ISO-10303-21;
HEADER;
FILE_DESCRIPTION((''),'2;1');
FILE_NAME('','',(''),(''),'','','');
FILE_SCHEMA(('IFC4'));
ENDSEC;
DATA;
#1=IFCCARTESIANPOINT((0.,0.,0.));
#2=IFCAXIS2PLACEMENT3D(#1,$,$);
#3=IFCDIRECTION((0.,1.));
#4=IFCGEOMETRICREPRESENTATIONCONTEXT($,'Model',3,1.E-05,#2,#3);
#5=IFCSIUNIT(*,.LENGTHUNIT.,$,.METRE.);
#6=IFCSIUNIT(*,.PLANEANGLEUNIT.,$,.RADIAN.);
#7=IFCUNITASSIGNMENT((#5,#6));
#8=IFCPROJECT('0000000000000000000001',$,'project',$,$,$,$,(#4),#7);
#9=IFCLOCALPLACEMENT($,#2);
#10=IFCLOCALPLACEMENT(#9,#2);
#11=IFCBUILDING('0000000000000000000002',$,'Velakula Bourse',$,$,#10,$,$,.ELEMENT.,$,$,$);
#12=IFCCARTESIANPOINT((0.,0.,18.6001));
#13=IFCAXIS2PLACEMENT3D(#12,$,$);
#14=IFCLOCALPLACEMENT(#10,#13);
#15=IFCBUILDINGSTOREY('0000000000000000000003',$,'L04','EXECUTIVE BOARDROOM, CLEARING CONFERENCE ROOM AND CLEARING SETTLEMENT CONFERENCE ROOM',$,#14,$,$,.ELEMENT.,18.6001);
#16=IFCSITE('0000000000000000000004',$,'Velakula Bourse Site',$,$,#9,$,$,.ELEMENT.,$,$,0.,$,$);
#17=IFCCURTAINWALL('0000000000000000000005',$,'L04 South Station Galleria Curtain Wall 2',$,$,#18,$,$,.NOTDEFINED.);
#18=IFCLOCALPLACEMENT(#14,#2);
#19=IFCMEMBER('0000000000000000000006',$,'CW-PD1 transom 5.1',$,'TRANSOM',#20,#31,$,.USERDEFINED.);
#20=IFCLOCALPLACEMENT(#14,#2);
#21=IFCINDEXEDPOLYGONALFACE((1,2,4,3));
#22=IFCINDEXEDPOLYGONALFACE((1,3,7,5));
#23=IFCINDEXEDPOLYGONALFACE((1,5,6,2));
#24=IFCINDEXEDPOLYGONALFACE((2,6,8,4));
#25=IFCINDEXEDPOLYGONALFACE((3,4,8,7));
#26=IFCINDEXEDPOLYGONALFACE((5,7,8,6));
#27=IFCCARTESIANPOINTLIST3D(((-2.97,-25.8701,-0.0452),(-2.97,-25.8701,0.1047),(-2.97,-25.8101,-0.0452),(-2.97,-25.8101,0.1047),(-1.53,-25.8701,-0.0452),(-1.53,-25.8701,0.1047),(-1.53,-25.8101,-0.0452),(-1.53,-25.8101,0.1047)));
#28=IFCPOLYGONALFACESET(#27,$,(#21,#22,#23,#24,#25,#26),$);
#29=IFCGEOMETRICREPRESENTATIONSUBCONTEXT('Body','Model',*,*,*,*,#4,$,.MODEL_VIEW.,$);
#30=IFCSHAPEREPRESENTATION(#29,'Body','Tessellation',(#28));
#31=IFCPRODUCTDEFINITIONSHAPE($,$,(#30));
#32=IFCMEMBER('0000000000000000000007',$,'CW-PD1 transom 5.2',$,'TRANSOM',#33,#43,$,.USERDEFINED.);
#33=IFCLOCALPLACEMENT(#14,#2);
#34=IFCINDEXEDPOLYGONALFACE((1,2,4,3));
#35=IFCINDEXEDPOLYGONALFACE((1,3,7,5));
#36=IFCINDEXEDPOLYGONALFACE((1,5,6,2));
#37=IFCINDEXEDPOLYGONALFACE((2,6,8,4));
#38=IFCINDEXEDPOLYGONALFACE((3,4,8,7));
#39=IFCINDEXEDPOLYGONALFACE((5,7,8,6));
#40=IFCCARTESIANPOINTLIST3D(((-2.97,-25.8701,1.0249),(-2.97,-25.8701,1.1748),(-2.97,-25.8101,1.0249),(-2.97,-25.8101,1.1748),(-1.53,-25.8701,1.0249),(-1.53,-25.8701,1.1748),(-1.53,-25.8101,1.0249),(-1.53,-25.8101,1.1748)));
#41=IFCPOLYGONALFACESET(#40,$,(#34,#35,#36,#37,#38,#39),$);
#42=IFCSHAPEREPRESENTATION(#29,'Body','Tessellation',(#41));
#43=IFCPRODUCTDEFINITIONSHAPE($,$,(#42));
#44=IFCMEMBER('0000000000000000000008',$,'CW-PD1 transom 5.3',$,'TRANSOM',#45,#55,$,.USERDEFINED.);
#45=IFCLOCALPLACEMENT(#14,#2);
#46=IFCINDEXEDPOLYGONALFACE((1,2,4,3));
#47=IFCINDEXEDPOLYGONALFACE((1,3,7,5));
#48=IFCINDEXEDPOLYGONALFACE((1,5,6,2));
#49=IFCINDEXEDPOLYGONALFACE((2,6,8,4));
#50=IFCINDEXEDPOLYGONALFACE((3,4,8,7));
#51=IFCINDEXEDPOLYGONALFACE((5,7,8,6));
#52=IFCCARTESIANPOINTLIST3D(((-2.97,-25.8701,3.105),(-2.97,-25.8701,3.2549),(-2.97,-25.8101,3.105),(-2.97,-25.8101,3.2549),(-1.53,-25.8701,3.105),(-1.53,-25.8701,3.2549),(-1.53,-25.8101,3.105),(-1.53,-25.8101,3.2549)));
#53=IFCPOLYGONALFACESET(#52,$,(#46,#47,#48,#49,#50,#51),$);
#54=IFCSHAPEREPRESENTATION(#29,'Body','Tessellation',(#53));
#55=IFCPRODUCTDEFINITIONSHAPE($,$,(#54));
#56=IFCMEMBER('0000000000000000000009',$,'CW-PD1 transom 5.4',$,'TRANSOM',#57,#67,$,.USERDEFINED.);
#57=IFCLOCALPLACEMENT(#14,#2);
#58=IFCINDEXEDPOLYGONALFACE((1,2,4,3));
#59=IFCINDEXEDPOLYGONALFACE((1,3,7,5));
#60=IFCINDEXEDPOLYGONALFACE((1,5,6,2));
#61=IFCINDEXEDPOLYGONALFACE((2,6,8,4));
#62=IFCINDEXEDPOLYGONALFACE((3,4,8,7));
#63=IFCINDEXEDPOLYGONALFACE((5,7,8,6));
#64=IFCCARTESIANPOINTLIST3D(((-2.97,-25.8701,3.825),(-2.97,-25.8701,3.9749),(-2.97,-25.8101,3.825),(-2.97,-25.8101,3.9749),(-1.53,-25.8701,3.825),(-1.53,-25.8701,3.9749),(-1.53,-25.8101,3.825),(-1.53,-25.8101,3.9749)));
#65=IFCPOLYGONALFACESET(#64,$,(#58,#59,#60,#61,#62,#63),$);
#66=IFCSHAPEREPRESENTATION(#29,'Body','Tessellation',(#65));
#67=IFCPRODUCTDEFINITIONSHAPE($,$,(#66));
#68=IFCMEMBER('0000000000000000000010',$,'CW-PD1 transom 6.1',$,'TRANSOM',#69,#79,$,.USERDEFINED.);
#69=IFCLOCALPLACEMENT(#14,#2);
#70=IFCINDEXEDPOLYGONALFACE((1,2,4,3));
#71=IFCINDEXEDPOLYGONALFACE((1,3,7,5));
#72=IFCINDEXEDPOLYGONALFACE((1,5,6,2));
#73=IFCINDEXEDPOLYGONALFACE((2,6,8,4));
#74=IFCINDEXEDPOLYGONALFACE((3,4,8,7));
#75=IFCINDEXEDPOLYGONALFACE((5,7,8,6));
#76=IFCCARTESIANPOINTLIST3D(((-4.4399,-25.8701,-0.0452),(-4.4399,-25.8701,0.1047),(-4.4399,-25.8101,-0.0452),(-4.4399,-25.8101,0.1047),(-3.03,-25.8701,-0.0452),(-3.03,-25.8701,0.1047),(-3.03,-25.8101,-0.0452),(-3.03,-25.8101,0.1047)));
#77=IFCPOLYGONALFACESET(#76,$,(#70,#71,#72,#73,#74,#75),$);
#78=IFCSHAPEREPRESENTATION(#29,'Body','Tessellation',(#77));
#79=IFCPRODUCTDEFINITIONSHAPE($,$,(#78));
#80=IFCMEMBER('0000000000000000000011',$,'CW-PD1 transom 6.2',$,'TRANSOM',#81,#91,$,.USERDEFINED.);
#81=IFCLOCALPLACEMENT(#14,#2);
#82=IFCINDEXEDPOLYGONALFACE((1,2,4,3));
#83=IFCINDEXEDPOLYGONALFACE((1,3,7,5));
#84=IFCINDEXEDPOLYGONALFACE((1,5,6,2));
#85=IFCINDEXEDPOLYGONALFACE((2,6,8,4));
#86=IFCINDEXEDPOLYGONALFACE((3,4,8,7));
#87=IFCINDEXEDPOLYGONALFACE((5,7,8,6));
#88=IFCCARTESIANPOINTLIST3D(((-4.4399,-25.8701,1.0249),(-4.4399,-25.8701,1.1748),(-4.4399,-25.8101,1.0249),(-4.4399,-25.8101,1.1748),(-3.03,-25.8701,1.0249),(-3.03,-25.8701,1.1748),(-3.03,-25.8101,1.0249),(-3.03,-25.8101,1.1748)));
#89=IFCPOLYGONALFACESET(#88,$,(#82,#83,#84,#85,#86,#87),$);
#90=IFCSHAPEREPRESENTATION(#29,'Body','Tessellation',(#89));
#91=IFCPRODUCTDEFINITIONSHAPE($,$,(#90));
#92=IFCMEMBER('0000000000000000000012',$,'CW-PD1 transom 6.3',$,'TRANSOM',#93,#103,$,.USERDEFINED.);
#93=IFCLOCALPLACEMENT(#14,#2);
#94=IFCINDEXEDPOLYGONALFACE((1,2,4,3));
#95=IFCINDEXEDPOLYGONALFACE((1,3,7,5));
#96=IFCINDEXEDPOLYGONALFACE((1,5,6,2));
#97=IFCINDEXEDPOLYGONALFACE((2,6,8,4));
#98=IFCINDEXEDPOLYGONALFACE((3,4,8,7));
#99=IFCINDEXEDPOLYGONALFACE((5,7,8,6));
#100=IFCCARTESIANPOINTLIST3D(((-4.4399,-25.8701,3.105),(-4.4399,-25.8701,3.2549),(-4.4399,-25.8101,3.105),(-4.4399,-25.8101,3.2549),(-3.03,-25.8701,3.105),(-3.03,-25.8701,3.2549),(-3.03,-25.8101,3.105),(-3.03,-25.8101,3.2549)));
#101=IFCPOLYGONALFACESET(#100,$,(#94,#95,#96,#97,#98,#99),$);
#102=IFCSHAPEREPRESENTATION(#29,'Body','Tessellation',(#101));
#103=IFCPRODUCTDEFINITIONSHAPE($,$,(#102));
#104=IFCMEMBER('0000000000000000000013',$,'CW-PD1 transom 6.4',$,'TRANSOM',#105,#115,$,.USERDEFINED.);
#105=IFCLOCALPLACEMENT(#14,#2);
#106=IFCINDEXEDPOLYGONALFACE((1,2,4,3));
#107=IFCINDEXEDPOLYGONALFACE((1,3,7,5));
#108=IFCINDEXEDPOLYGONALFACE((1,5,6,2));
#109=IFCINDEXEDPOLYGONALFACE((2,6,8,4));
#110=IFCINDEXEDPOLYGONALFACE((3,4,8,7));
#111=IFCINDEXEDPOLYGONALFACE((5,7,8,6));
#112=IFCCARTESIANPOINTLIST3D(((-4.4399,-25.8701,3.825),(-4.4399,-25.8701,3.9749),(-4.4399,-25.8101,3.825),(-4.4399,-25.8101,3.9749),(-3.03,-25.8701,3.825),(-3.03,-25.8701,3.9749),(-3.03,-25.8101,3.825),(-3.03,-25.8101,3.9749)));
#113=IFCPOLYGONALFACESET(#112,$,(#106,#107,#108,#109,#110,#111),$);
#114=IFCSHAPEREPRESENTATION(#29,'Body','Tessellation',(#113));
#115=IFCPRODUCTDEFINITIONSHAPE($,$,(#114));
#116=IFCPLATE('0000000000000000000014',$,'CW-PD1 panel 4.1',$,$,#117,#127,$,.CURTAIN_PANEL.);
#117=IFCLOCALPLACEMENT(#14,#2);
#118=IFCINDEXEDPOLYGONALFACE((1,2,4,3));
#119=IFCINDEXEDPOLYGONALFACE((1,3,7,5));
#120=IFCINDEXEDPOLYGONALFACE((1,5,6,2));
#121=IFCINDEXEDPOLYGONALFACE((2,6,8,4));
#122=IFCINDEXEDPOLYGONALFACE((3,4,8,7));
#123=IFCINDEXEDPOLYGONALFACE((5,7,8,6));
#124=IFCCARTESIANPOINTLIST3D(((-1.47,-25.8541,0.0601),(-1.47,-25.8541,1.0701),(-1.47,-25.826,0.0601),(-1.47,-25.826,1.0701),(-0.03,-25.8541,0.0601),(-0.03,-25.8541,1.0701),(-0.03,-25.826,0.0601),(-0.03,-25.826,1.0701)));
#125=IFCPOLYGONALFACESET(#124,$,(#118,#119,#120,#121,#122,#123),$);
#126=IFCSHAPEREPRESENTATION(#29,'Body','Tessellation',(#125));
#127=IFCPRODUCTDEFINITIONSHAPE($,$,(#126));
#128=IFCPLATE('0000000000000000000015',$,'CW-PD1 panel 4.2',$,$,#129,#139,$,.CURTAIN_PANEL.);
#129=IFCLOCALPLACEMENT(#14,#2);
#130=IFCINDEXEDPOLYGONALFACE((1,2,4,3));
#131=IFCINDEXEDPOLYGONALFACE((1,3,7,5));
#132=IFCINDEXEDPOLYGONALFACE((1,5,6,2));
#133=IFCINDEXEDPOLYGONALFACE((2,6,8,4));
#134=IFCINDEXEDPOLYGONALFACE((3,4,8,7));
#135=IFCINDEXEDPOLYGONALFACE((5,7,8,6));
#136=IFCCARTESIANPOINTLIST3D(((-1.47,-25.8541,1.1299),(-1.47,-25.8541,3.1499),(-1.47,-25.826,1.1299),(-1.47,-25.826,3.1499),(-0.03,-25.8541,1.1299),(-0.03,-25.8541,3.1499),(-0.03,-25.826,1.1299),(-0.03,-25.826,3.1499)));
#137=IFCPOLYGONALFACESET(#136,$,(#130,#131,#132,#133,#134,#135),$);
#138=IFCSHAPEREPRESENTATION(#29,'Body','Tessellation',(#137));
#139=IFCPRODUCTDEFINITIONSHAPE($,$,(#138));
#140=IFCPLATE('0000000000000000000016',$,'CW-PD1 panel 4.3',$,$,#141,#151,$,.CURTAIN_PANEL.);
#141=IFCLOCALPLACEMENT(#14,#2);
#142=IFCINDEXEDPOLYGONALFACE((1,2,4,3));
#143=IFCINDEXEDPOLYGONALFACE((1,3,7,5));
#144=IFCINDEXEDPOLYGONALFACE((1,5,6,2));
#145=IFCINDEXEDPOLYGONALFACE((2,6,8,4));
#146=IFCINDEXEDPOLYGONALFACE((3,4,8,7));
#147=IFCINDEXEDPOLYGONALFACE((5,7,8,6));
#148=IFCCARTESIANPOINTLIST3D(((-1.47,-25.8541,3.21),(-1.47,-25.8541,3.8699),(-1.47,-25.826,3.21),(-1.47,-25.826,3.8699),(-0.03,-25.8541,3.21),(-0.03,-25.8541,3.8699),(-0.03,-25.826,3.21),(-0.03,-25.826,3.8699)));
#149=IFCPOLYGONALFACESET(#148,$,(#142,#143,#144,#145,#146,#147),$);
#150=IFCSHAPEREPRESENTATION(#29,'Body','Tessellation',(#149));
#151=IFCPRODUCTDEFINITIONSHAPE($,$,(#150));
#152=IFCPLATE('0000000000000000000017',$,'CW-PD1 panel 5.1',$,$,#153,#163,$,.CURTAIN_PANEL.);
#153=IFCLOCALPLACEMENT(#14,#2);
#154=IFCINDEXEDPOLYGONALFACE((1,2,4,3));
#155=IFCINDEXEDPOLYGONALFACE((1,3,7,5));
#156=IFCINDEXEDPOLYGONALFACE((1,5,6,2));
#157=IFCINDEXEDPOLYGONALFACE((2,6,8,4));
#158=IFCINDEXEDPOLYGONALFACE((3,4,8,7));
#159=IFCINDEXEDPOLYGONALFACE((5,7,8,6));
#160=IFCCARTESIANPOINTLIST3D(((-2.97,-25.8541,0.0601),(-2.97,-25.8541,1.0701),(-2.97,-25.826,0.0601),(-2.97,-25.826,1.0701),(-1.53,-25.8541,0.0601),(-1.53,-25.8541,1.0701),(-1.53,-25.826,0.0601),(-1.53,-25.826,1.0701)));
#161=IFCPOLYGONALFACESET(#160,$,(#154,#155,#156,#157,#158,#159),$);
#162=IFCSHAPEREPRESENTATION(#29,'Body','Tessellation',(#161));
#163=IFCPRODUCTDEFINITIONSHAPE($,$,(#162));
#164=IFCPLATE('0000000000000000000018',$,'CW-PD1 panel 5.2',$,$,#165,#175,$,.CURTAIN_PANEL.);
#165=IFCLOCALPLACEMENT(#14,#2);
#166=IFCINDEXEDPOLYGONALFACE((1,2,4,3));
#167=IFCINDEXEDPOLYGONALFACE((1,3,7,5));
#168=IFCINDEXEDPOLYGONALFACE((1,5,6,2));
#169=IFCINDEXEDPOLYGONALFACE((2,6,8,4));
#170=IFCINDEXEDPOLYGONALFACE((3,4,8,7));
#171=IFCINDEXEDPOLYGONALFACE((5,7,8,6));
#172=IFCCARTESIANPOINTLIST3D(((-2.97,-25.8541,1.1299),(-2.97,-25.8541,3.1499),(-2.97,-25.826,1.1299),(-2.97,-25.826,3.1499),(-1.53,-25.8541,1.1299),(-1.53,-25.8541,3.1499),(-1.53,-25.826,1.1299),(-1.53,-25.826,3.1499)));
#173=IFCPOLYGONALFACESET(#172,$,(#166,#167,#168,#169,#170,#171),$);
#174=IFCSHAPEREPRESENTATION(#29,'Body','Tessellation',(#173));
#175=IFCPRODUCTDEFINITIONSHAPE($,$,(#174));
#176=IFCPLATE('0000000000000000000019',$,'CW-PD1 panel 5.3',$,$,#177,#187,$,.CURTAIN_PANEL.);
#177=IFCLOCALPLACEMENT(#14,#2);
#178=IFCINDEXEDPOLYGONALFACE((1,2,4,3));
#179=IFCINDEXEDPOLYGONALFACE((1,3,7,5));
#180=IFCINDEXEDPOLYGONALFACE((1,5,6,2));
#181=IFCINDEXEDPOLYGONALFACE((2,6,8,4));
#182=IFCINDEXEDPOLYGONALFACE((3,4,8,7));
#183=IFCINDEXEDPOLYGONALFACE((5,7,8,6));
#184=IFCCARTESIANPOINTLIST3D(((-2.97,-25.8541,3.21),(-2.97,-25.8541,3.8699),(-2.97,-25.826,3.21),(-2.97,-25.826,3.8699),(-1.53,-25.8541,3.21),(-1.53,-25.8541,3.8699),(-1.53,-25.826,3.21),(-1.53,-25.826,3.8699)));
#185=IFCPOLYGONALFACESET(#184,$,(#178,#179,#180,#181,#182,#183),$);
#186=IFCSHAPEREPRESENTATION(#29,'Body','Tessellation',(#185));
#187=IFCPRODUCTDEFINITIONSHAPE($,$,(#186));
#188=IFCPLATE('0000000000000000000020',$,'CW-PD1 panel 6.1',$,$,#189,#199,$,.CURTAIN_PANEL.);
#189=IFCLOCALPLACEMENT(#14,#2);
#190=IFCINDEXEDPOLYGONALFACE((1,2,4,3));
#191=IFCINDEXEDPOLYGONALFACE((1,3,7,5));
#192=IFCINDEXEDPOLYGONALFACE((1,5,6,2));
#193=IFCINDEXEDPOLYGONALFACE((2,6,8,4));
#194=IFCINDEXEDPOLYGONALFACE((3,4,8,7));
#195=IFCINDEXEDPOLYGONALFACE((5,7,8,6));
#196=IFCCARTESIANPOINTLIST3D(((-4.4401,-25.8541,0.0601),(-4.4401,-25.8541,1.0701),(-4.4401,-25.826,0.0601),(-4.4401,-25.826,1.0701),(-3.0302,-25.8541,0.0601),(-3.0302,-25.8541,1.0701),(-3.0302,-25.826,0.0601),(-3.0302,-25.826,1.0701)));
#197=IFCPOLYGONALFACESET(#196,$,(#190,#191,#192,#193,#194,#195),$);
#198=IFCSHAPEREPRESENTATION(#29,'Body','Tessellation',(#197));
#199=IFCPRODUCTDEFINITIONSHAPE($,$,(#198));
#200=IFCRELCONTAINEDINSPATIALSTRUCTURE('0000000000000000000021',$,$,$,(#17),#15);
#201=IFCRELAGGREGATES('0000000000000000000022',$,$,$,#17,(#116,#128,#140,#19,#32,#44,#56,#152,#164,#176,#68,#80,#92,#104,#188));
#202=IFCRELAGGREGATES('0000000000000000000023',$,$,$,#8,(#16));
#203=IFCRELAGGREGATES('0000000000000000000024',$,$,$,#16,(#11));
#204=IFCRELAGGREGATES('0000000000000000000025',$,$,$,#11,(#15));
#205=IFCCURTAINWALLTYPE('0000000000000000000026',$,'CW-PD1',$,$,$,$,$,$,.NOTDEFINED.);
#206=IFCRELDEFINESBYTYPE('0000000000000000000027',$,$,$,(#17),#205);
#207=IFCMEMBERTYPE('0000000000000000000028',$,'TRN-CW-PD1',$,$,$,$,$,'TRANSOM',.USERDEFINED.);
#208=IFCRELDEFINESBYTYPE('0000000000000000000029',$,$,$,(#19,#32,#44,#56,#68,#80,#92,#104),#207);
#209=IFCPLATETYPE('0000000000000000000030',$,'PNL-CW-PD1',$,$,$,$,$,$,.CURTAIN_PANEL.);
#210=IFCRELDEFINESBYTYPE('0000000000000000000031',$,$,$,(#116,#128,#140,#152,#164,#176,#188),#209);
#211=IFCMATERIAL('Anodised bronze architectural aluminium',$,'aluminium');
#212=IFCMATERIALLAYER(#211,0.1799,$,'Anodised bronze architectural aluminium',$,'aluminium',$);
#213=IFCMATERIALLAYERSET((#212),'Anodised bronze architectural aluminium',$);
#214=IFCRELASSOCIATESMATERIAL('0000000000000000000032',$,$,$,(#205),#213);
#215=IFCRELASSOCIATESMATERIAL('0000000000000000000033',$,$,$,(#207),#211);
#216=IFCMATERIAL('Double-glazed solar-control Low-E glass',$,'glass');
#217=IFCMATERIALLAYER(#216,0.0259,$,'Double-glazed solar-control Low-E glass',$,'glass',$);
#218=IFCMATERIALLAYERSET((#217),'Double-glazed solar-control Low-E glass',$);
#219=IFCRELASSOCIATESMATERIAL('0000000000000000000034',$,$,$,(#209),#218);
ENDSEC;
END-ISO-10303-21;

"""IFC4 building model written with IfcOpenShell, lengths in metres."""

from ifc_helpers import new_model, si_unit, direction, frame, origin, origin_2d, place, context, subcontext, project, spatial, rectangle, extrude, material, layer, layer_set, material_profile, profile_set, type_object, element, aggregate, save


model = new_model("IFC4")

# Units and contexts
model_context = context("Model", 3, precision=1e-05, world=origin(), true_north=direction((0.0, 1.0)))
body_context = subcontext(model_context, "Body", "Model", "MODEL_VIEW")
ifc_project = project(units=[si_unit("LENGTHUNIT", "METRE"), si_unit("PLANEANGLEUNIT", "RADIAN")], contexts=[model_context])

# Site, building, storey
site_placement = place(None, origin())
site = spatial("IfcSite", under=ifc_project, at=site_placement, Name="Velakula Bourse Site", CompositionType="ELEMENT", RefElevation=0.0)
building_placement = place(site_placement, origin())
building = spatial("IfcBuilding", under=site, at=building_placement, Name="Velakula Bourse", CompositionType="ELEMENT")
storey_placement = place(building_placement, frame((0.0, 0.0, 18.6001)))
storey = spatial("IfcBuildingStorey", under=building, at=storey_placement, Name="L04", Description="EXECUTIVE BOARDROOM, CLEARING CONFERENCE ROOM AND CLEARING SETTLEMENT CONFERENCE ROOM", CompositionType="ELEMENT", Elevation=18.6001)

# Curtain wall, members, plates
ifc_material_1 = material(Name="Anodised bronze architectural aluminium", Category="aluminium")
ifc_layer_1 = layer(ifc_material_1, 0.1799, Name="Anodised bronze architectural aluminium", Category="aluminium")
ifc_layer_set_1 = layer_set([ifc_layer_1], Name="Anodised bronze architectural aluminium")
curtain_wall_type = type_object("IfcCurtainWallType", Name="CW-PD1", PredefinedType="NOTDEFINED", material=ifc_layer_set_1)
curtain_wall_placement = place(storey_placement, origin())
curtain_wall = element("IfcCurtainWall", 1, at=curtain_wall_placement, inside=storey, type_object=curtain_wall_type, Name="L04 South Station Galleria Curtain Wall 2", PredefinedType="NOTDEFINED")
ifc_material_profile_1 = material_profile(ifc_material_1, rectangle(XDim=0.0601, YDim=0.1499, at=origin_2d()), Name="Anodised bronze architectural aluminium")
ifc_profile_set_1 = profile_set([ifc_material_profile_1], Name="Anodised bronze architectural aluminium")
member_type_1 = type_object("IfcMemberType", Name="TRN-CW-PD1", ElementType="TRANSOM", PredefinedType="USERDEFINED", material=ifc_profile_set_1)
member_1_placement = place(storey_placement, frame((-1.53, -25.8401, 0.0298), z_axis=(-1.0, 0.0, 0.0), x_axis=(0.0, -1.0, 0.0)))
member_1 = element("IfcMember", 2, at=member_1_placement, type_object=member_type_1, Name="CW-PD1 transom 5.1", ObjectType="TRANSOM", PredefinedType="USERDEFINED", context=body_context, shape_type="SweptSolid", body=[
    extrude(rectangle(XDim=0.0601, YDim=0.1499, at=origin_2d()), origin(), (0.0, 0.0, 1.0), 1.4399),
])
member_2_placement = place(storey_placement, frame((-1.53, -25.8401, 1.0999), z_axis=(-1.0, 0.0, 0.0), x_axis=(0.0, -1.0, 0.0)))
member_2 = element("IfcMember", 3, at=member_2_placement, type_object=member_type_1, Name="CW-PD1 transom 5.2", ObjectType="TRANSOM", PredefinedType="USERDEFINED", context=body_context, shape_type="SweptSolid", body=[
    extrude(rectangle(XDim=0.0601, YDim=0.1499, at=origin_2d()), origin(), (0.0, 0.0, 1.0), 1.4399),
])
member_3_placement = place(storey_placement, frame((-1.53, -25.8401, 3.1799), z_axis=(-1.0, 0.0, 0.0), x_axis=(0.0, -1.0, 0.0)))
member_3 = element("IfcMember", 4, at=member_3_placement, type_object=member_type_1, Name="CW-PD1 transom 5.3", ObjectType="TRANSOM", PredefinedType="USERDEFINED", context=body_context, shape_type="SweptSolid", body=[
    extrude(rectangle(XDim=0.0601, YDim=0.1499, at=origin_2d()), origin(), (0.0, 0.0, 1.0), 1.4399),
])
member_4_placement = place(storey_placement, frame((-1.53, -25.8401, 3.8999), z_axis=(-1.0, 0.0, 0.0), x_axis=(0.0, -1.0, 0.0)))
member_4 = element("IfcMember", 5, at=member_4_placement, type_object=member_type_1, Name="CW-PD1 transom 5.4", ObjectType="TRANSOM", PredefinedType="USERDEFINED", context=body_context, shape_type="SweptSolid", body=[
    extrude(rectangle(XDim=0.0601, YDim=0.1499, at=origin_2d()), origin(), (0.0, 0.0, 1.0), 1.4399),
])
member_5_placement = place(storey_placement, frame((-3.03, -25.8401, 0.0298), z_axis=(-1.0, 0.0, 0.0), x_axis=(0.0, -1.0, 0.0)))
member_5 = element("IfcMember", 6, at=member_5_placement, type_object=member_type_1, Name="CW-PD1 transom 6.1", ObjectType="TRANSOM", PredefinedType="USERDEFINED", context=body_context, shape_type="SweptSolid", body=[
    extrude(rectangle(XDim=0.0601, YDim=0.1499, at=origin_2d()), origin(), (0.0, 0.0, 1.0), 1.4099),
])
member_6_placement = place(storey_placement, frame((-3.03, -25.8401, 1.0999), z_axis=(-1.0, 0.0, 0.0), x_axis=(0.0, -1.0, 0.0)))
member_6 = element("IfcMember", 7, at=member_6_placement, type_object=member_type_1, Name="CW-PD1 transom 6.2", ObjectType="TRANSOM", PredefinedType="USERDEFINED", context=body_context, shape_type="SweptSolid", body=[
    extrude(rectangle(XDim=0.0601, YDim=0.1499, at=origin_2d()), origin(), (0.0, 0.0, 1.0), 1.4099),
])
member_7_placement = place(storey_placement, frame((-3.03, -25.8401, 3.1799), z_axis=(-1.0, 0.0, 0.0), x_axis=(0.0, -1.0, 0.0)))
member_7 = element("IfcMember", 8, at=member_7_placement, type_object=member_type_1, Name="CW-PD1 transom 6.3", ObjectType="TRANSOM", PredefinedType="USERDEFINED", context=body_context, shape_type="SweptSolid", body=[
    extrude(rectangle(XDim=0.0601, YDim=0.1499, at=origin_2d()), origin(), (0.0, 0.0, 1.0), 1.4099),
])
member_8_placement = place(storey_placement, frame((-3.03, -25.8401, 3.8999), z_axis=(-1.0, 0.0, 0.0), x_axis=(0.0, -1.0, 0.0)))
member_8 = element("IfcMember", 9, at=member_8_placement, type_object=member_type_1, Name="CW-PD1 transom 6.4", ObjectType="TRANSOM", PredefinedType="USERDEFINED", context=body_context, shape_type="SweptSolid", body=[
    extrude(rectangle(XDim=0.0601, YDim=0.1499, at=origin_2d()), origin(), (0.0, 0.0, 1.0), 1.4099),
])
ifc_material_2 = material(Name="Double-glazed solar-control Low-E glass", Category="glass")
ifc_layer_2 = layer(ifc_material_2, 0.0259, Name="Double-glazed solar-control Low-E glass", Category="glass")
ifc_layer_set_2 = layer_set([ifc_layer_2], Name="Double-glazed solar-control Low-E glass")
plate_type = type_object("IfcPlateType", Name="PNL-CW-PD1", PredefinedType="CURTAIN_PANEL", material=ifc_layer_set_2)
plate_1_placement = place(storey_placement, frame((-0.75, -25.8401, 0.0601), z_axis=(0.0, 0.0, 1.0), x_axis=(-1.0, 0.0, 0.0)))
plate_1 = element("IfcPlate", 10, at=plate_1_placement, type_object=plate_type, Name="CW-PD1 panel 4.1", PredefinedType="CURTAIN_PANEL", context=body_context, shape_type="SweptSolid", body=[
    extrude(rectangle(XDim=1.4399, YDim=0.0281, at=origin_2d()), origin(), (0.0, 0.0, 1.0), 1.01),
])
plate_2_placement = place(storey_placement, frame((-0.75, -25.8401, 1.1299), z_axis=(0.0, 0.0, 1.0), x_axis=(-1.0, 0.0, 0.0)))
plate_2 = element("IfcPlate", 11, at=plate_2_placement, type_object=plate_type, Name="CW-PD1 panel 4.2", PredefinedType="CURTAIN_PANEL", context=body_context, shape_type="SweptSolid", body=[
    extrude(rectangle(XDim=1.4399, YDim=0.0281, at=origin_2d()), origin(), (0.0, 0.0, 1.0), 2.02),
])
plate_3_placement = place(storey_placement, frame((-0.75, -25.8401, 3.21), z_axis=(0.0, 0.0, 1.0), x_axis=(-1.0, 0.0, 0.0)))
plate_3 = element("IfcPlate", 12, at=plate_3_placement, type_object=plate_type, Name="CW-PD1 panel 4.3", PredefinedType="CURTAIN_PANEL", context=body_context, shape_type="SweptSolid", body=[
    extrude(rectangle(XDim=1.4399, YDim=0.0281, at=origin_2d()), origin(), (0.0, 0.0, 1.0), 0.6599),
])
plate_4_placement = place(storey_placement, frame((-2.25, -25.8401, 0.0601), z_axis=(0.0, 0.0, 1.0), x_axis=(-1.0, 0.0, 0.0)))
plate_4 = element("IfcPlate", 13, at=plate_4_placement, type_object=plate_type, Name="CW-PD1 panel 5.1", PredefinedType="CURTAIN_PANEL", context=body_context, shape_type="SweptSolid", body=[
    extrude(rectangle(XDim=1.4399, YDim=0.0281, at=origin_2d()), origin(), (0.0, 0.0, 1.0), 1.01),
])
plate_5_placement = place(storey_placement, frame((-2.25, -25.8401, 1.1299), z_axis=(0.0, 0.0, 1.0), x_axis=(-1.0, 0.0, 0.0)))
plate_5 = element("IfcPlate", 14, at=plate_5_placement, type_object=plate_type, Name="CW-PD1 panel 5.2", PredefinedType="CURTAIN_PANEL", context=body_context, shape_type="SweptSolid", body=[
    extrude(rectangle(XDim=1.4399, YDim=0.0281, at=origin_2d()), origin(), (0.0, 0.0, 1.0), 2.02),
])
plate_6_placement = place(storey_placement, frame((-2.25, -25.8401, 3.21), z_axis=(0.0, 0.0, 1.0), x_axis=(-1.0, 0.0, 0.0)))
plate_6 = element("IfcPlate", 15, at=plate_6_placement, type_object=plate_type, Name="CW-PD1 panel 5.3", PredefinedType="CURTAIN_PANEL", context=body_context, shape_type="SweptSolid", body=[
    extrude(rectangle(XDim=1.4399, YDim=0.0281, at=origin_2d()), origin(), (0.0, 0.0, 1.0), 0.6599),
])
plate_7_placement = place(storey_placement, frame((-3.7351, -25.8401, 0.0601), z_axis=(0.0, 0.0, 1.0), x_axis=(-1.0, 0.0, 0.0)))
plate_7 = element("IfcPlate", 16, at=plate_7_placement, type_object=plate_type, Name="CW-PD1 panel 6.1", PredefinedType="CURTAIN_PANEL", context=body_context, shape_type="SweptSolid", body=[
    extrude(rectangle(XDim=1.4099, YDim=0.0281, at=origin_2d()), origin(), (0.0, 0.0, 1.0), 1.01),
])
aggregate(curtain_wall, [plate_1, plate_2, plate_3, member_1, member_2, member_3, member_4, plate_4, plate_5, plate_6, member_5, member_6, member_7, member_8, plate_7])

save(model, "model.ifc")
